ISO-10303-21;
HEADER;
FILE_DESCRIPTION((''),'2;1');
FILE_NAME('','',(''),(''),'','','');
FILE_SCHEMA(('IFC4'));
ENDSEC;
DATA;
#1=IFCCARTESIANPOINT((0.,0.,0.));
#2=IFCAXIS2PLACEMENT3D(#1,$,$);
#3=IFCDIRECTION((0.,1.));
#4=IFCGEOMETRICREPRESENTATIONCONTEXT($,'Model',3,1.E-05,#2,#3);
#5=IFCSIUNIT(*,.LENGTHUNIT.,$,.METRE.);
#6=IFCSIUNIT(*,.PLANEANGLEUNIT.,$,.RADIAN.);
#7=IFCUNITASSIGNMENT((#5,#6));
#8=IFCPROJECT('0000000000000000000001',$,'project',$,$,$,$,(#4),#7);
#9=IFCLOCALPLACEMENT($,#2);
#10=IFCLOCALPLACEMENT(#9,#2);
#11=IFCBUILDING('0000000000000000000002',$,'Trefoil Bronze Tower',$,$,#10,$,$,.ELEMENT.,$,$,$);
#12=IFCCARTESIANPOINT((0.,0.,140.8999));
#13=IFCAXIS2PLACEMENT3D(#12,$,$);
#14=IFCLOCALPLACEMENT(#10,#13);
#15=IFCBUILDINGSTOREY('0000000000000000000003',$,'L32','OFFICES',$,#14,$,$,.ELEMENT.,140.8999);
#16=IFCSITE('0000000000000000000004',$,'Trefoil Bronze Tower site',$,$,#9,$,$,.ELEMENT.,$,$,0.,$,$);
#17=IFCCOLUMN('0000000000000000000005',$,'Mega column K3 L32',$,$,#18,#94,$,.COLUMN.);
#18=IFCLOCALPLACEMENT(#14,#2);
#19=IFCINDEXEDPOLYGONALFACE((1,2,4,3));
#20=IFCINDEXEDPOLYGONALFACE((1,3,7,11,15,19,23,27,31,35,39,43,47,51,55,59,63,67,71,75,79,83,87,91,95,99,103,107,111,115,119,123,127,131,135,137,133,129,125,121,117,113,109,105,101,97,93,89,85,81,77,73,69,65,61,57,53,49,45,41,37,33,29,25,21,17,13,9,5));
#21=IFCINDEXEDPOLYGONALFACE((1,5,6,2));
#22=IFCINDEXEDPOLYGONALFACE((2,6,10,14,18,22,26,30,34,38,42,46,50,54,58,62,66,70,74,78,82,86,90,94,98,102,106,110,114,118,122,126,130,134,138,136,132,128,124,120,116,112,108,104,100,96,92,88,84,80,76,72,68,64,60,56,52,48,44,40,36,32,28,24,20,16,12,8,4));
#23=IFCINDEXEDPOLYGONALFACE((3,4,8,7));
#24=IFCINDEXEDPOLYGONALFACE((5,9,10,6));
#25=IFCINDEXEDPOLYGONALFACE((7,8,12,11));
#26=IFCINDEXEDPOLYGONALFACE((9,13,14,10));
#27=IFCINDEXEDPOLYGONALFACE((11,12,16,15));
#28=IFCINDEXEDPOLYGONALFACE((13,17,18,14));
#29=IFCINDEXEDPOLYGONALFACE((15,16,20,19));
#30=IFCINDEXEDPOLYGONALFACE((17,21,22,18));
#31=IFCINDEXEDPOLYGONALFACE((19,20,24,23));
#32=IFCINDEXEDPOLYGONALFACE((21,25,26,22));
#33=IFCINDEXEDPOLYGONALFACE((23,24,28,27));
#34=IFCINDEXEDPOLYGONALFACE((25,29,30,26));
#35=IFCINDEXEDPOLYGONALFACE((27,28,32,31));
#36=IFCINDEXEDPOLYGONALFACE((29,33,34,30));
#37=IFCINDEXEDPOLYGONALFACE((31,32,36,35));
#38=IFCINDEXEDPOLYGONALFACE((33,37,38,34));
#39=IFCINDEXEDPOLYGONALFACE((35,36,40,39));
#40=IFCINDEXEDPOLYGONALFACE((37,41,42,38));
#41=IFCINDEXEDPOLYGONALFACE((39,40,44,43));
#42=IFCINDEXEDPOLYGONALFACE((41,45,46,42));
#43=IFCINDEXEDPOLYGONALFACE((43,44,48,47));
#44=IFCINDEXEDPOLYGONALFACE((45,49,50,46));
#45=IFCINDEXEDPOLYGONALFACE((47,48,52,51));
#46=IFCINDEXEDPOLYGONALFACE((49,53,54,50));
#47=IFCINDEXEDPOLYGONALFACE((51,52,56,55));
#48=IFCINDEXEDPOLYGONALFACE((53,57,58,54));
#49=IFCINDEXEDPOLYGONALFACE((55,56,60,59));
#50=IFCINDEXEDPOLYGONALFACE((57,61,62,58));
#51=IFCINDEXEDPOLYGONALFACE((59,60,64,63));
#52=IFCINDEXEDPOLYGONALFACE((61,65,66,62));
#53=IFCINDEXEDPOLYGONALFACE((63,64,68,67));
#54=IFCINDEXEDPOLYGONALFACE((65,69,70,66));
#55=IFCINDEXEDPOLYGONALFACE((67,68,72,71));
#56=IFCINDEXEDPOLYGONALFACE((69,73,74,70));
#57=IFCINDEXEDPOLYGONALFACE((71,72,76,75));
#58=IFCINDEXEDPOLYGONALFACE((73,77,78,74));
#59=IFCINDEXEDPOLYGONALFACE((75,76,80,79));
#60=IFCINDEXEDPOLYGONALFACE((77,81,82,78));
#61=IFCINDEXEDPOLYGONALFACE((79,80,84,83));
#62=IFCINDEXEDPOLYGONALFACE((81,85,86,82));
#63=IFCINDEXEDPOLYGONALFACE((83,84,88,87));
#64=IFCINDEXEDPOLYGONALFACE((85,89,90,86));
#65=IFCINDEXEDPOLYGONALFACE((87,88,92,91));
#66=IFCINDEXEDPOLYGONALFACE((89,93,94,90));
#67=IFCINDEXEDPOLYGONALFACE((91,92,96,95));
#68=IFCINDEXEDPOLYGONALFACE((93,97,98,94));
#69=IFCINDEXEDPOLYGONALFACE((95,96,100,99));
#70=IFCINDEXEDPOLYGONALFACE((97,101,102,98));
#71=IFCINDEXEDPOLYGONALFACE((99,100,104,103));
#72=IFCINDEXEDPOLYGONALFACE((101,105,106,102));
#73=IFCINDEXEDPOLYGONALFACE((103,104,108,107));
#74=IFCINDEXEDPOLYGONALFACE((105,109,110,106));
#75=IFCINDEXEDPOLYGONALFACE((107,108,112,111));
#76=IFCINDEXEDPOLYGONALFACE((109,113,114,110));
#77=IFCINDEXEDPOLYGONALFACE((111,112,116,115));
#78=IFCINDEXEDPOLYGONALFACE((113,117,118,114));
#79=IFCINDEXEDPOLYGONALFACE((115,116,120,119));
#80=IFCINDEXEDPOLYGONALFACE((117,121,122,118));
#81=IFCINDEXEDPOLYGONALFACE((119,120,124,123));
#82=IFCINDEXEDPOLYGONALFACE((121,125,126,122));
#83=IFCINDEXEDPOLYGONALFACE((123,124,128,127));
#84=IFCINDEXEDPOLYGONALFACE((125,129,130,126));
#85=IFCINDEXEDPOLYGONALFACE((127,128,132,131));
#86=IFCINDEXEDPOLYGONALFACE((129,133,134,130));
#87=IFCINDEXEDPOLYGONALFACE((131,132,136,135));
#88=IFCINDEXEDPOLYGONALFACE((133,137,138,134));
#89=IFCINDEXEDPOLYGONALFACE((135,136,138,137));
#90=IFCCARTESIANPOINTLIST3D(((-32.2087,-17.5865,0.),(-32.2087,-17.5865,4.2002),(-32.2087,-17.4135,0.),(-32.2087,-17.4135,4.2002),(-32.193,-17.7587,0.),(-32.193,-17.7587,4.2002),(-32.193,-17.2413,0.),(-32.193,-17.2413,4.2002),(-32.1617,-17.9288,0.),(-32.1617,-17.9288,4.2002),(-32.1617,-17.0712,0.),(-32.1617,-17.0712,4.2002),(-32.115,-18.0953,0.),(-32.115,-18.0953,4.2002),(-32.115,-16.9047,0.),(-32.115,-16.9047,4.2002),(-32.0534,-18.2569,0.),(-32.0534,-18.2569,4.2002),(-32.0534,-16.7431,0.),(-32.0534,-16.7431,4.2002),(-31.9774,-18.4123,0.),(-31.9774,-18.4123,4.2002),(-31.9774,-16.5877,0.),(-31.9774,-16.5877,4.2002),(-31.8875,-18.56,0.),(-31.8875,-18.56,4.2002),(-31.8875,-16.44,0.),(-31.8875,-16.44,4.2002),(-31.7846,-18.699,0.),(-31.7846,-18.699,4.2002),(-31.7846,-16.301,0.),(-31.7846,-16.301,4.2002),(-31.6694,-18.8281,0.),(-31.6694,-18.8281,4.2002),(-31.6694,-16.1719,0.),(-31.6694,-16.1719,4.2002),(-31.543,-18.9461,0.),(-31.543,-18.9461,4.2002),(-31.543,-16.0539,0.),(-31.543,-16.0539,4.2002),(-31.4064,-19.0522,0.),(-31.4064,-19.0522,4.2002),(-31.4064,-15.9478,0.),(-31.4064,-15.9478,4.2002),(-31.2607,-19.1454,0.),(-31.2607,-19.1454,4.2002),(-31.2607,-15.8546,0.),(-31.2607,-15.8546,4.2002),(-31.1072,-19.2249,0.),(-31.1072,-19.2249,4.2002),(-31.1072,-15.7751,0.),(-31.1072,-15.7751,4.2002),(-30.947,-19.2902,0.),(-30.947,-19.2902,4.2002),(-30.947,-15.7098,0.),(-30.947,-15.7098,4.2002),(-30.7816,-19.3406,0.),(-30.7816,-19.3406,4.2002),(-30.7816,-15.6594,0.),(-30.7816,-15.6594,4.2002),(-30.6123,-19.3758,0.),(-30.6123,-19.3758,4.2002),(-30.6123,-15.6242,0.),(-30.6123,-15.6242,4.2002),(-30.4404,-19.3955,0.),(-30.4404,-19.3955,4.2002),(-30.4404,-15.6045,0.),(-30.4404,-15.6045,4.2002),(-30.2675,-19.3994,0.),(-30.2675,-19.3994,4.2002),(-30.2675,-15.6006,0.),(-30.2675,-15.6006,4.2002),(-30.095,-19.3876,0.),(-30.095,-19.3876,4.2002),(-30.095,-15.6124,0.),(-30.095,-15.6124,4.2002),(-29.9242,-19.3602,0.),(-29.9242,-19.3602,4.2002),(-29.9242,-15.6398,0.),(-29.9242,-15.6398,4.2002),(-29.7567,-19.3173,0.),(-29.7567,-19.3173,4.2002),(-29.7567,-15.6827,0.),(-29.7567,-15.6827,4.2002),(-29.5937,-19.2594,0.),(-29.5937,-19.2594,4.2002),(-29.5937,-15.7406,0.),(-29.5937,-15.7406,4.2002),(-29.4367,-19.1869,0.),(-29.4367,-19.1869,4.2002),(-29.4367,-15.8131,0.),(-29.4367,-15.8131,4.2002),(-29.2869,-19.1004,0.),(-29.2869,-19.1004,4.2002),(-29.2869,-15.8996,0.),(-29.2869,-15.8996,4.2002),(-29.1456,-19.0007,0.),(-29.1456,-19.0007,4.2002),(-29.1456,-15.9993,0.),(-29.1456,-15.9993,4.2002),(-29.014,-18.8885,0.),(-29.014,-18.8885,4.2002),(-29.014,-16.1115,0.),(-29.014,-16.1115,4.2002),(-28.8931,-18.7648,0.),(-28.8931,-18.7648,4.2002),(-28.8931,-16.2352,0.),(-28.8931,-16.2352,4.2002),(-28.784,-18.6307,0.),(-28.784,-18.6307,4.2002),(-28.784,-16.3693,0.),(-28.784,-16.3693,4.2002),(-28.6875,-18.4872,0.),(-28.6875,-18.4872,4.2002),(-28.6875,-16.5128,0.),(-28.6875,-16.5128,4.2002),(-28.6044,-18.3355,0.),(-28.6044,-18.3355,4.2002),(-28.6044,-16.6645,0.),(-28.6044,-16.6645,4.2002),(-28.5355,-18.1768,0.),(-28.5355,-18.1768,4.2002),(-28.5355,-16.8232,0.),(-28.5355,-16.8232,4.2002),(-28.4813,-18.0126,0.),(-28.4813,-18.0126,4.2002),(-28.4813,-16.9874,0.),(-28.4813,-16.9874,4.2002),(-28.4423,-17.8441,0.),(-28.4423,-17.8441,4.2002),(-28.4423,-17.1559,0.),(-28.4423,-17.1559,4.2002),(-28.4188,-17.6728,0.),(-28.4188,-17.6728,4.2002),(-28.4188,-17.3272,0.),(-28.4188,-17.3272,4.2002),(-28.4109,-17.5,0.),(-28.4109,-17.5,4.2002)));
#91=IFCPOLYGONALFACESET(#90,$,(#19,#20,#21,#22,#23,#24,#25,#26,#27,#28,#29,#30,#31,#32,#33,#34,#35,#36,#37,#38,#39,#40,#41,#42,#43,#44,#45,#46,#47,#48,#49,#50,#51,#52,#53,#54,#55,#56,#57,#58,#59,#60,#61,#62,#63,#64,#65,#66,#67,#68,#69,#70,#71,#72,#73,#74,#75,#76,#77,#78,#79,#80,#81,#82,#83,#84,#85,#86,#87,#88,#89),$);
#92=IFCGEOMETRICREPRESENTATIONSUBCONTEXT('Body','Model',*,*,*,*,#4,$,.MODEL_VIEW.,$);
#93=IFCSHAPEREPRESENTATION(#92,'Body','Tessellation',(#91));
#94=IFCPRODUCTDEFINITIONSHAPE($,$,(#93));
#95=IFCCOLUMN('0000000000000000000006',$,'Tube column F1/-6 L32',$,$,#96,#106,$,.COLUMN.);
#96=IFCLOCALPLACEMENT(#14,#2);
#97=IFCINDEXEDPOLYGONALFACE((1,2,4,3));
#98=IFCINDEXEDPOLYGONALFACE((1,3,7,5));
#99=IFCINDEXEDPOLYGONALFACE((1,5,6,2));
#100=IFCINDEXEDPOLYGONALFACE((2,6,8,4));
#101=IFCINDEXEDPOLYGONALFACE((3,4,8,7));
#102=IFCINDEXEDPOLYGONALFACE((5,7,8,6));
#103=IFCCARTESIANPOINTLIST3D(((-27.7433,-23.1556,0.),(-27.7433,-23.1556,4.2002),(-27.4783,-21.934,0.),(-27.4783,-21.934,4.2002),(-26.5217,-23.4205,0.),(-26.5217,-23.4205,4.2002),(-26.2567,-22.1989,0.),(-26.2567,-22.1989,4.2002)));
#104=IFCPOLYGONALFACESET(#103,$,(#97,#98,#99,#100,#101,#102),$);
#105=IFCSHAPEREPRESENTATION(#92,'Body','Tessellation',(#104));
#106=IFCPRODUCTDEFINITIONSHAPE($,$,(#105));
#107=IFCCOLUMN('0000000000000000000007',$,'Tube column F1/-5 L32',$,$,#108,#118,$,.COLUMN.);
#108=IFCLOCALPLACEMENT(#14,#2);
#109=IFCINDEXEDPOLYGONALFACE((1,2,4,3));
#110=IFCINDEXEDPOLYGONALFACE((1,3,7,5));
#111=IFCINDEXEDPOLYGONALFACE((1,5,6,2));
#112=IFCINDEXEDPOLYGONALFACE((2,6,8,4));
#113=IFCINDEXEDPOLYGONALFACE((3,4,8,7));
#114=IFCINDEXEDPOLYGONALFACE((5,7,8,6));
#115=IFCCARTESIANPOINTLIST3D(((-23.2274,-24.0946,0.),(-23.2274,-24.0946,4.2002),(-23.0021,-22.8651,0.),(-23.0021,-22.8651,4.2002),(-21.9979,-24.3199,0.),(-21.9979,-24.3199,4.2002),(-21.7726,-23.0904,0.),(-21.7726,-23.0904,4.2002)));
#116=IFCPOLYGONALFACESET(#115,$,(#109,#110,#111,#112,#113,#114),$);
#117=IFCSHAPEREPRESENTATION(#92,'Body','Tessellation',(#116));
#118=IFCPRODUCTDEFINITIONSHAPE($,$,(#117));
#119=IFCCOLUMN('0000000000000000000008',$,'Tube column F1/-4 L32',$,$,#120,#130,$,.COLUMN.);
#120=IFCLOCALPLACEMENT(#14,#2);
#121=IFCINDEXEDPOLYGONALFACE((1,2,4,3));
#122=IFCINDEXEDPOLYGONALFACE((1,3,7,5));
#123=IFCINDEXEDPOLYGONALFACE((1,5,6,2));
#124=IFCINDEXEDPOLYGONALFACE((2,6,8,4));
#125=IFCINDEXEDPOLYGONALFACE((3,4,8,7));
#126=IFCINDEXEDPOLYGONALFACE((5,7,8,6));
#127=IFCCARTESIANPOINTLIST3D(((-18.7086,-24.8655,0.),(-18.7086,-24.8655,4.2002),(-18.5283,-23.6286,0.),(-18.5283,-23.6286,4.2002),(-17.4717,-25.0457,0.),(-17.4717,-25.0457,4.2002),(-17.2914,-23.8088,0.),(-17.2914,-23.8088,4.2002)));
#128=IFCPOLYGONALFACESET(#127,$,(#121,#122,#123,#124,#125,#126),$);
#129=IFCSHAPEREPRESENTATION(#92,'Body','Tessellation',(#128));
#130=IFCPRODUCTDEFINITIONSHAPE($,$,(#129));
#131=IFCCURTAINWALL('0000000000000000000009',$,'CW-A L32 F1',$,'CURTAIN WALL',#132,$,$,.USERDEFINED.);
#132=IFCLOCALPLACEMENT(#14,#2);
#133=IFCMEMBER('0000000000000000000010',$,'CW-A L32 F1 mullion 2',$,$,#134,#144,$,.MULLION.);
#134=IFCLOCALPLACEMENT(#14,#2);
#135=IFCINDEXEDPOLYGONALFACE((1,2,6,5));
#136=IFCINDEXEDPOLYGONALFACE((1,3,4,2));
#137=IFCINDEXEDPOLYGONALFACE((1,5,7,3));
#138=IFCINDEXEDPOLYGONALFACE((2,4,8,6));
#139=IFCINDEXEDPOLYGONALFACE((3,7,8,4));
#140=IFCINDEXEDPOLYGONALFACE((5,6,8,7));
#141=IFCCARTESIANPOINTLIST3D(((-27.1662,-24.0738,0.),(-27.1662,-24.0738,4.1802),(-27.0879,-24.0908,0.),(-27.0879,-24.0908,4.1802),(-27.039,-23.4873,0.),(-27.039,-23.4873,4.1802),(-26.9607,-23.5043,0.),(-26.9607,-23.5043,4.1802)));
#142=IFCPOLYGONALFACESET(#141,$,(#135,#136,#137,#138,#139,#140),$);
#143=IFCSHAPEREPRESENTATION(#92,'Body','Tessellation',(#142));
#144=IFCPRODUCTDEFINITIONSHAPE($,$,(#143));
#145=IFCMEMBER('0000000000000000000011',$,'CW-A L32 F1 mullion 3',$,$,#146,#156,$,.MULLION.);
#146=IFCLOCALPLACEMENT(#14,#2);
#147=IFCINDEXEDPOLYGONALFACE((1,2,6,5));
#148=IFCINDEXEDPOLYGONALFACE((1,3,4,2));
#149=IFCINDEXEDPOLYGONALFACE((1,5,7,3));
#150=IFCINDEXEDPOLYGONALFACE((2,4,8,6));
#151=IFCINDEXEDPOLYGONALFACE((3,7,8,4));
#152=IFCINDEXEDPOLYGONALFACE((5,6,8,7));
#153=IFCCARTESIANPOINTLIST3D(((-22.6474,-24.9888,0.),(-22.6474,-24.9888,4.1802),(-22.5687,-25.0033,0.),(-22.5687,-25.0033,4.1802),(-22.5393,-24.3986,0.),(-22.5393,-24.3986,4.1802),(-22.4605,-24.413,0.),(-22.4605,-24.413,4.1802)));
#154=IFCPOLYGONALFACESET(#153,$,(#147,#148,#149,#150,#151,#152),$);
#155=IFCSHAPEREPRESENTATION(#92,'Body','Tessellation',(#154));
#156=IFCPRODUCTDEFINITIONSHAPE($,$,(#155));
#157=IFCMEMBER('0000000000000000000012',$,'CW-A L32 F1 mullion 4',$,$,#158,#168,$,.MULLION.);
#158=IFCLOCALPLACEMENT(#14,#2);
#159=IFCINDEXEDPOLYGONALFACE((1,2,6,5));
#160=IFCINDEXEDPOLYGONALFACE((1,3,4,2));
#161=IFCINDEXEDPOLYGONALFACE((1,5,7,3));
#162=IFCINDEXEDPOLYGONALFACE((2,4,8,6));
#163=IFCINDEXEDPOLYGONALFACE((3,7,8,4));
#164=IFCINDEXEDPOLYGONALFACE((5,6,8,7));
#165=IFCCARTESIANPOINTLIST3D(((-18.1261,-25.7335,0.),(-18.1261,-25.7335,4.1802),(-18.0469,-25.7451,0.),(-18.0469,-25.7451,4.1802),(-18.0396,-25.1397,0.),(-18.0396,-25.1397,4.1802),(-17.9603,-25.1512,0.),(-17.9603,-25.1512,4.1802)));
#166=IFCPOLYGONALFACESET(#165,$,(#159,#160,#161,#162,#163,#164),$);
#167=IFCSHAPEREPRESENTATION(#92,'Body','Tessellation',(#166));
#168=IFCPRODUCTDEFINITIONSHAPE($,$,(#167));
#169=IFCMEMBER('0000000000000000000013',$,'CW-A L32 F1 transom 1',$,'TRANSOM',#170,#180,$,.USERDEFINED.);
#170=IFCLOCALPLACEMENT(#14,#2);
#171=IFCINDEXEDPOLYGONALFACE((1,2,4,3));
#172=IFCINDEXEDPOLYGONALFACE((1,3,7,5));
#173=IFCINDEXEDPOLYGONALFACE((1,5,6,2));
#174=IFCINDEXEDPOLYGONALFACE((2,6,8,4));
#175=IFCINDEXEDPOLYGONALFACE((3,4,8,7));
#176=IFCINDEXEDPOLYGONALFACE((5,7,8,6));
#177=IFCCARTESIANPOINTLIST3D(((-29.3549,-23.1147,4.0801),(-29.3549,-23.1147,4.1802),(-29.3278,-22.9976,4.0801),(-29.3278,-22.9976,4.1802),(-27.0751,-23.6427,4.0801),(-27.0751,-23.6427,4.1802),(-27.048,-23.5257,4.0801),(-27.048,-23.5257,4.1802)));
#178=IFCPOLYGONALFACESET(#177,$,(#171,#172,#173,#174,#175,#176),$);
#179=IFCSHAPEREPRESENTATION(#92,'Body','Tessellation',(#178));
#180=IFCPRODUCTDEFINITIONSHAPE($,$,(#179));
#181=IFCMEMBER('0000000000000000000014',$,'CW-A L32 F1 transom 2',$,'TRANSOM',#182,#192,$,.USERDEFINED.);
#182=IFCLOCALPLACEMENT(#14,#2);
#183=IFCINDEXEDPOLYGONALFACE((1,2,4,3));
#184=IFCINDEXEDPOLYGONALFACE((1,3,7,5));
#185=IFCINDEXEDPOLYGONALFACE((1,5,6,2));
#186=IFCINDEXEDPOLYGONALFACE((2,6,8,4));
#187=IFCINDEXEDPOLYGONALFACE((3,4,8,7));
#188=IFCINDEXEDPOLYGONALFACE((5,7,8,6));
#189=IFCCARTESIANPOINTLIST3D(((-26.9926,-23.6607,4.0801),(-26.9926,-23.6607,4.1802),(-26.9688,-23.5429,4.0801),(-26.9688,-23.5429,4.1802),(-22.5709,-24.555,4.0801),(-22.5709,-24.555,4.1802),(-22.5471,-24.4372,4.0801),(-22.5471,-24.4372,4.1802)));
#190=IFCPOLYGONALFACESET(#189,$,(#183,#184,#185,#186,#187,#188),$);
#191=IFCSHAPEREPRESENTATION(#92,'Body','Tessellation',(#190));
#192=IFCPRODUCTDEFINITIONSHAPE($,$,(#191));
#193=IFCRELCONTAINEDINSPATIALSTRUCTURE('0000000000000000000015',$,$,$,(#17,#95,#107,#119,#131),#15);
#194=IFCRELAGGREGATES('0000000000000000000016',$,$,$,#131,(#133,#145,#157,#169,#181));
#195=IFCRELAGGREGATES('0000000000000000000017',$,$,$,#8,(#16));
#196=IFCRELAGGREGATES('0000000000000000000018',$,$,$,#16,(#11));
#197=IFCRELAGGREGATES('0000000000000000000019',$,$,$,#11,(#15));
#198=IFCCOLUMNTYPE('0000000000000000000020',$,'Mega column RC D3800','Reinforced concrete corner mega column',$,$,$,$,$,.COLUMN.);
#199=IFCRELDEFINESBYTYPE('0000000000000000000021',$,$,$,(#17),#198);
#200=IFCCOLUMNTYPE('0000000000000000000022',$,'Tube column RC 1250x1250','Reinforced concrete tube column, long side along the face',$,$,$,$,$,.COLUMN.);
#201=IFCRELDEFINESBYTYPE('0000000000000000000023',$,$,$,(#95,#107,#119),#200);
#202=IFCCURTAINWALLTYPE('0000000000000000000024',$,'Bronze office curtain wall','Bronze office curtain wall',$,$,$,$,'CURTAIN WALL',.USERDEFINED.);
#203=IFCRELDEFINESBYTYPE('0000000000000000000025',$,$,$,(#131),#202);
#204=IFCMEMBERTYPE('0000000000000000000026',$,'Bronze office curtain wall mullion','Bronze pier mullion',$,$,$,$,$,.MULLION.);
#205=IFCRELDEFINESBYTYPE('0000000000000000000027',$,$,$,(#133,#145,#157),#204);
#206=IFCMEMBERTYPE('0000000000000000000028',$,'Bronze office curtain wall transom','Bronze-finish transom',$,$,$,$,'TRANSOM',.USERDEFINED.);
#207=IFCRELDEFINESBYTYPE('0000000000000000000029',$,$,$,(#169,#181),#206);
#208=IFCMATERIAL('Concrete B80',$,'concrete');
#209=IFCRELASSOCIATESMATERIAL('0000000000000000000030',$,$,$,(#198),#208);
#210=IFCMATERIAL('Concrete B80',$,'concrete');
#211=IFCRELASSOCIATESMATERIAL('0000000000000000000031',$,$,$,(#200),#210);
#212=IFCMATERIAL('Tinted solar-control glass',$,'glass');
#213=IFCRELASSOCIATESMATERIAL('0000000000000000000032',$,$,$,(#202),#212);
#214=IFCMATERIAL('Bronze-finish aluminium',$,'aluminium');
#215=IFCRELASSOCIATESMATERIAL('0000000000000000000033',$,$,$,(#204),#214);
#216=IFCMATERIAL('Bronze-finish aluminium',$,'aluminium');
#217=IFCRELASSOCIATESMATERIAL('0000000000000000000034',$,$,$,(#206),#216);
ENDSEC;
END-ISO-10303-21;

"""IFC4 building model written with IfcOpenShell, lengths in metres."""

from ifc_helpers import new_model, si_unit, direction, frame, origin, origin_2d, place, context, subcontext, project, spatial, rectangle, circle, extrude, material, material_profile, profile_set, type_object, element, aggregate, save


model = new_model("IFC4")

# Units and contexts
model_context = context("Model", 3, precision=1e-05, world=origin(), true_north=direction((0.0, 1.0)))
body_context = subcontext(model_context, "Body", "Model", "MODEL_VIEW")
ifc_project = project(units=[si_unit("LENGTHUNIT", "METRE"), si_unit("PLANEANGLEUNIT", "RADIAN")], contexts=[model_context])

# Site, building, storey
site_placement = place(None, origin())
site = spatial("IfcSite", under=ifc_project, at=site_placement, Name="Trefoil Bronze Tower site", CompositionType="ELEMENT", RefElevation=0.0)
building_placement = place(site_placement, origin())
building = spatial("IfcBuilding", under=site, at=building_placement, Name="Trefoil Bronze Tower", CompositionType="ELEMENT")
storey_placement = place(building_placement, frame((0.0, 0.0, 140.8999)))
storey = spatial("IfcBuildingStorey", under=building, at=storey_placement, Name="L32", Description="OFFICES", CompositionType="ELEMENT", Elevation=140.8999)

# Columns
ifc_material_1 = material(Name="Concrete B80", Category="concrete")
ifc_material_profile_1 = material_profile(ifc_material_1, circle(Radius=1.8999, at=origin_2d()), Name="RC D3800")
ifc_profile_set_1 = profile_set([ifc_material_profile_1], Name="Concrete B80")
column_type_1 = type_object("IfcColumnType", Name="Mega column RC D3800", Description="Reinforced concrete corner mega column", PredefinedType="COLUMN", material=ifc_profile_set_1)
column_placement = place(storey_placement, frame((-30.3108, -17.5, 0.0), z_axis=(0.0, 0.0, 1.0), x_axis=(1.0, 0.0, 0.0)))
element("IfcColumn", 1, at=column_placement, inside=storey, type_object=column_type_1, Name="Mega column K3 L32", PredefinedType="COLUMN", context=body_context, shape_type="SweptSolid", body=[
    extrude(circle(Radius=1.8999, at=origin_2d()), origin(), (0.0, 0.0, 1.0), 4.2002),
])
ifc_material_2 = material(Name="Concrete B80", Category="concrete")
ifc_material_profile_2 = material_profile(ifc_material_2, rectangle(XDim=1.25, YDim=1.25, at=origin_2d()), Name="RC 1250x1250")
ifc_profile_set_2 = profile_set([ifc_material_profile_2], Name="Concrete B80")
column_type_2 = type_object("IfcColumnType", Name="Tube column RC 1250x1250", Description="Reinforced concrete tube column, long side along the face", PredefinedType="COLUMN", material=ifc_profile_set_2)
for number, where, z_axis, x_axis, name in (
    (2, (-27.0, -22.6772, 0.0), (0.0, 0.0, 1.0), (0.977276, -0.21197, 0.0), "Tube column F1/-6 L32"),
    (3, (-22.5, -23.5925, 0.0), (0.0, 0.0, 1.0), (0.983623, -0.180241, 0.0), "Tube column F1/-5 L32"),
    (4, (-18.0, -24.3372, 0.0), (0.0, 0.0, 1.0), (0.98955, -0.144192, 0.0), "Tube column F1/-4 L32"),
):
    element("IfcColumn", number, at=place(storey_placement, frame(where, z_axis=z_axis, x_axis=x_axis)), inside=storey, type_object=column_type_2, Name=name, PredefinedType="COLUMN", context=body_context, shape_type="SweptSolid", body=[
        extrude(rectangle(XDim=1.25, YDim=1.25, at=origin_2d()), origin(), (0.0, 0.0, 1.0), 4.2002),
    ])

# Curtain wall, members
ifc_material_3 = material(Name="Tinted solar-control glass", Category="glass")
curtain_wall_type_1 = type_object("IfcCurtainWallType", Name="Bronze office curtain wall", Description="Bronze office curtain wall", ElementType="CURTAIN WALL", PredefinedType="USERDEFINED", material=ifc_material_3)
curtain_wall_1_placement = place(storey_placement, origin())
curtain_wall_1 = element("IfcCurtainWall", 5, at=curtain_wall_1_placement, inside=storey, type_object=curtain_wall_type_1, Name="CW-A L32 F1", ObjectType="CURTAIN WALL", PredefinedType="USERDEFINED")
ifc_material_4 = material(Name="Bronze-finish aluminium", Category="aluminium")
ifc_material_profile_3 = material_profile(ifc_material_4, rectangle(XDim=0.6001, YDim=0.0801, at=origin_2d()), Name="CW-A mullion")
ifc_profile_set_3 = profile_set([ifc_material_profile_3], Name="Bronze-finish aluminium")
member_type_1 = type_object("IfcMemberType", Name="Bronze office curtain wall mullion", Description="Bronze pier mullion", PredefinedType="MULLION", material=ifc_profile_set_3)
member_1_placement = place(storey_placement, frame((-27.0635, -23.7891, 0.0), z_axis=(0.0, 0.0, 1.0), x_axis=(0.21197, 0.977276, 0.0)))
member_1 = element("IfcMember", 6, at=member_1_placement, type_object=member_type_1, Name="CW-A L32 F1 mullion 2", PredefinedType="MULLION", context=body_context, shape_type="SweptSolid", body=[
    extrude(rectangle(XDim=0.6001, YDim=0.0801, at=origin_2d()), origin(), (0.0, 0.0, 1.0), 4.1802),
])
member_2_placement = place(storey_placement, frame((-22.554, -24.7009, 0.0), z_axis=(0.0, 0.0, 1.0), x_axis=(0.180241, 0.983623, 0.0)))
member_2 = element("IfcMember", 7, at=member_2_placement, type_object=member_type_1, Name="CW-A L32 F1 mullion 3", PredefinedType="MULLION", context=body_context, shape_type="SweptSolid", body=[
    extrude(rectangle(XDim=0.6001, YDim=0.0801, at=origin_2d()), origin(), (0.0, 0.0, 1.0), 4.1802),
])
member_3_placement = place(storey_placement, frame((-18.0432, -25.4424, 0.0), z_axis=(0.0, 0.0, 1.0), x_axis=(0.144192, 0.98955, 0.0)))
member_3 = element("IfcMember", 8, at=member_3_placement, type_object=member_type_1, Name="CW-A L32 F1 mullion 4", PredefinedType="MULLION", context=body_context, shape_type="SweptSolid", body=[
    extrude(rectangle(XDim=0.6001, YDim=0.0801, at=origin_2d()), origin(), (0.0, 0.0, 1.0), 4.1802),
])
ifc_material_5 = material(Name="Bronze-finish aluminium", Category="aluminium")
ifc_material_profile_4 = material_profile(ifc_material_5, rectangle(XDim=0.1201, YDim=0.1001, at=origin_2d()), Name="CW-A transom")
ifc_profile_set_4 = profile_set([ifc_material_profile_4], Name="Bronze-finish aluminium")
member_type_2 = type_object("IfcMemberType", Name="Bronze office curtain wall transom", Description="Bronze-finish transom", ElementType="TRANSOM", PredefinedType="USERDEFINED", material=ifc_profile_set_4)
member_4_placement = place(storey_placement, frame((-29.3413, -23.0562, 4.1301), z_axis=(0.974206, -0.225659, 0.0), x_axis=(0.225659, 0.974206, 0.0)))
member_4 = element("IfcMember", 9, at=member_4_placement, type_object=member_type_2, Name="CW-A L32 F1 transom 1", ObjectType="TRANSOM", PredefinedType="USERDEFINED", context=body_context, shape_type="SweptSolid", body=[
    extrude(rectangle(XDim=0.1201, YDim=0.1001, at=origin_2d()), origin(), (0.0, 0.0, 1.0), 2.3401),
])
member_5_placement = place(storey_placement, frame((-26.9807, -23.6018, 4.1301), z_axis=(0.980154, -0.198239, 0.0), x_axis=(0.198239, 0.980154, 0.0)))
member_5 = element("IfcMember", 10, at=member_5_placement, type_object=member_type_2, Name="CW-A L32 F1 transom 2", ObjectType="TRANSOM", PredefinedType="USERDEFINED", context=body_context, shape_type="SweptSolid", body=[
    extrude(rectangle(XDim=0.1201, YDim=0.1001, at=origin_2d()), origin(), (0.0, 0.0, 1.0), 4.5112),
])

aggregate(curtain_wall_1, [member_1, member_2, member_3, member_4, member_5])

save(model, "model.ifc")
